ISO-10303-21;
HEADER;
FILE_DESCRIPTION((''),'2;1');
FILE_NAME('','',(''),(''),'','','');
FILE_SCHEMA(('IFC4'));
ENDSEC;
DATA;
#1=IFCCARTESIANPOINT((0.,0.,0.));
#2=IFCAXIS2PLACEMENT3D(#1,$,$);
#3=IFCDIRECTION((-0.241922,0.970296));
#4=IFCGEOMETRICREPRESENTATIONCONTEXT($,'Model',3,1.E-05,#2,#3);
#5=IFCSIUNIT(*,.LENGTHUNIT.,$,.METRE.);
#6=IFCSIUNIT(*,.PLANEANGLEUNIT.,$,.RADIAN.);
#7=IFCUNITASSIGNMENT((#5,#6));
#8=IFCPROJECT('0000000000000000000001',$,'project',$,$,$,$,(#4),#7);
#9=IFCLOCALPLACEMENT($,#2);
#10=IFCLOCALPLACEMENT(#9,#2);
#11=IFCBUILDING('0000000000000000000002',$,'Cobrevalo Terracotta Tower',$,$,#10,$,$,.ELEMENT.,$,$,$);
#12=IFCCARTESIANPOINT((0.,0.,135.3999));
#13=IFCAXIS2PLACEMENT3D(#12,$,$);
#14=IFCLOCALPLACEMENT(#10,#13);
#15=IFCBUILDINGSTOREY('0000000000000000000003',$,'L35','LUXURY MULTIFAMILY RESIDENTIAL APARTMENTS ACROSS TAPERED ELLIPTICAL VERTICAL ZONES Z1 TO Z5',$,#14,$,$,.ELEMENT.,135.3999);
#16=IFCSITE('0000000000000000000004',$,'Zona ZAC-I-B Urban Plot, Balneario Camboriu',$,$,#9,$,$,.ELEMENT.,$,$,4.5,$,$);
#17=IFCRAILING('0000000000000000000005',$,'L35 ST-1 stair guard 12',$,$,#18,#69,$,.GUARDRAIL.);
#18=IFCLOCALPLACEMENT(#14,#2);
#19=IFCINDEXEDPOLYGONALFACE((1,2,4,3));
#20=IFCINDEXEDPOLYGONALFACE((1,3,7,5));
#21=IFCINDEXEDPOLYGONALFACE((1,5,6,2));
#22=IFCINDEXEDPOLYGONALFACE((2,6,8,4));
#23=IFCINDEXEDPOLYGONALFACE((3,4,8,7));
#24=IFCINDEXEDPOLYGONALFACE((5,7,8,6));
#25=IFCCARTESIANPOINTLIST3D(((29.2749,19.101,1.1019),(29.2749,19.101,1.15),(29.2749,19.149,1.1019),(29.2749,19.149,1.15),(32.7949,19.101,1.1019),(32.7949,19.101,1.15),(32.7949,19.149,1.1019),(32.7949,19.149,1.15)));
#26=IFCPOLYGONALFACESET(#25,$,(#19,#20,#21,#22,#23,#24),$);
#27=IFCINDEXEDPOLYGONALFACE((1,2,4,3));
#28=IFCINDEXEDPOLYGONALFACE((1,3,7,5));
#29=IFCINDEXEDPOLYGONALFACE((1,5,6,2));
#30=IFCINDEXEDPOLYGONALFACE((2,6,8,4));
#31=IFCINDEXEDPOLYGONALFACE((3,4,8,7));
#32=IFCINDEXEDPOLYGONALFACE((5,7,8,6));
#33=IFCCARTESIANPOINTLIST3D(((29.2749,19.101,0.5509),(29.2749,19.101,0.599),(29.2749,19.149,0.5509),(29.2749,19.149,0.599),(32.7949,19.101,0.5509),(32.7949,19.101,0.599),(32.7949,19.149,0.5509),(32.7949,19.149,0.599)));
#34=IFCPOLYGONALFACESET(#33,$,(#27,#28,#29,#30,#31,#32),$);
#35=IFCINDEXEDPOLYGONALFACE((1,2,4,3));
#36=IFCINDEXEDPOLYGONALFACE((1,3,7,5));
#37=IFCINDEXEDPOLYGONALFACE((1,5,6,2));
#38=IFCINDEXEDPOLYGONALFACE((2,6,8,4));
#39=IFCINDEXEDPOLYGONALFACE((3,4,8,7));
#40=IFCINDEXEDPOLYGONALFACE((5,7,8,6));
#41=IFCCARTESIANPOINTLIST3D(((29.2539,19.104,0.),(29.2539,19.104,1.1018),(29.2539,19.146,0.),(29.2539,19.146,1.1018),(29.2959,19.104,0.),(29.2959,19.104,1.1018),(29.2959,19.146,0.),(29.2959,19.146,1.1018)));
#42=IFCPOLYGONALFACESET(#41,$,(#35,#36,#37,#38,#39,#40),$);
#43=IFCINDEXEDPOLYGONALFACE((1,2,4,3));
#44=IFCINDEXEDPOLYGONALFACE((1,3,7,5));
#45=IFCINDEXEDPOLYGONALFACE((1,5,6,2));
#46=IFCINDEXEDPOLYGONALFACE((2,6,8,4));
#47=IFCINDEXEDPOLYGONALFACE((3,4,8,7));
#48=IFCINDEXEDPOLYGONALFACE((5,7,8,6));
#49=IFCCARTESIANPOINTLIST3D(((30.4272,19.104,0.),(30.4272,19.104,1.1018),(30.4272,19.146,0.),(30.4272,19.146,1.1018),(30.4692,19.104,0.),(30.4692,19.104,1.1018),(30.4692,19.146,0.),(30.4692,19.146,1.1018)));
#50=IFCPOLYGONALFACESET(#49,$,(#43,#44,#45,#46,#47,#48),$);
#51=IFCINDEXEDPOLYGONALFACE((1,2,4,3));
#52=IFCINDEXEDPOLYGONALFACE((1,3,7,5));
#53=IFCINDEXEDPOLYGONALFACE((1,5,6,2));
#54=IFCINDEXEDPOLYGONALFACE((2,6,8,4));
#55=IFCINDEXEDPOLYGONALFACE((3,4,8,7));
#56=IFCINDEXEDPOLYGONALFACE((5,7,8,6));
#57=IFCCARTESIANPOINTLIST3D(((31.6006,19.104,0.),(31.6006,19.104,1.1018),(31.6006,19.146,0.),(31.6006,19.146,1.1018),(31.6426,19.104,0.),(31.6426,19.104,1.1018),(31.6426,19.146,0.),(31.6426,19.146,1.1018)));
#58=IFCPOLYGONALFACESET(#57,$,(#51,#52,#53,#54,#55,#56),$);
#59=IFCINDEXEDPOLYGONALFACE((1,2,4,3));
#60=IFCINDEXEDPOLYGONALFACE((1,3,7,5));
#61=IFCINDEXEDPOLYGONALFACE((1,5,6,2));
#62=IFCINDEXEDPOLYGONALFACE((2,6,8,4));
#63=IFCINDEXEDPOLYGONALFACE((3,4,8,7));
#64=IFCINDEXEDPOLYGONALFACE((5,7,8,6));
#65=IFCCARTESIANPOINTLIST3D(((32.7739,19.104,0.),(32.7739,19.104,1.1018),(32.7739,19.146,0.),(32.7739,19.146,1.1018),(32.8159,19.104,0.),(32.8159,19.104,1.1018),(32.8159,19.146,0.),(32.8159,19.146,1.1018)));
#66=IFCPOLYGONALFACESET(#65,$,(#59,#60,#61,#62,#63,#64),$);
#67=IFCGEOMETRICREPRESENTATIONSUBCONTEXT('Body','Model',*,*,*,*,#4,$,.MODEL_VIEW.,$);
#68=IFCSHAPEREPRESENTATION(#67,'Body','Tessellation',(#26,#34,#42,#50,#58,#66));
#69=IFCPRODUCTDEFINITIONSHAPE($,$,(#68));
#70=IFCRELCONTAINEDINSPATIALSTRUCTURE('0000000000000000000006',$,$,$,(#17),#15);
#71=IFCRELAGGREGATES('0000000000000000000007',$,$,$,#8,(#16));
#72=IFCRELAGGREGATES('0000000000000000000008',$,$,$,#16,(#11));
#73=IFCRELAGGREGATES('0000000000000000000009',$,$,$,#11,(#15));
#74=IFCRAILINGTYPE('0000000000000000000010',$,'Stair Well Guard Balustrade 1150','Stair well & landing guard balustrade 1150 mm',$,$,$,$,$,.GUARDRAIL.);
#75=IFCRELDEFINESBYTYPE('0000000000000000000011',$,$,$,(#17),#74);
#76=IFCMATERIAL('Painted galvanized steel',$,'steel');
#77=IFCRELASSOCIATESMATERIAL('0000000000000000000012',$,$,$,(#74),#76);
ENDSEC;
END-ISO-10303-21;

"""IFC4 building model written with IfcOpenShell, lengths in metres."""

from ifc_helpers import new_model, si_unit, direction, frame, origin, origin_2d, place, context, subcontext, project, spatial, rectangle, extrude, material, type_object, element, save


model = new_model("IFC4")

# Units and contexts
model_context = context("Model", 3, precision=1e-05, world=origin(), true_north=direction((-0.241922, 0.970296)))
body_context = subcontext(model_context, "Body", "Model", "MODEL_VIEW")
ifc_project = project(units=[si_unit("LENGTHUNIT", "METRE"), si_unit("PLANEANGLEUNIT", "RADIAN")], contexts=[model_context])

# Site, building, storey
site_placement = place(None, origin())
site = spatial("IfcSite", under=ifc_project, at=site_placement, Name="Zona ZAC-I-B Urban Plot, Balneario Camboriu", CompositionType="ELEMENT", RefElevation=4.5)
building_placement = place(site_placement, origin())
building = spatial("IfcBuilding", under=site, at=building_placement, Name="Cobrevalo Terracotta Tower", CompositionType="ELEMENT")
storey_placement = place(building_placement, frame((0.0, 0.0, 135.3999)))
storey = spatial("IfcBuildingStorey", under=building, at=storey_placement, Name="L35", Description="LUXURY MULTIFAMILY RESIDENTIAL APARTMENTS ACROSS TAPERED ELLIPTICAL VERTICAL ZONES Z1 TO Z5", CompositionType="ELEMENT", Elevation=135.3999)

# Railing
ifc_material_1 = material(Name="Painted galvanized steel", Category="steel")
railing_type_1 = type_object("IfcRailingType", Name="Stair Well Guard Balustrade 1150", Description="Stair well & landing guard balustrade 1150 mm", PredefinedType="GUARDRAIL", material=ifc_material_1)
railing_1_placement = place(storey_placement, frame((29.2749, 19.125, 0.0)))
element("IfcRailing", 1, at=railing_1_placement, inside=storey, type_object=railing_type_1, Name="L35 ST-1 stair guard 12", PredefinedType="GUARDRAIL", context=body_context, shape_type="SweptSolid", body=[
    extrude(rectangle(XDim=0.0481, YDim=0.0481, at=origin_2d()), frame((0.0, 0.0, 1.126), z_axis=(1.0, 0.0, 0.0), x_axis=(0.0, 1.0, 0.0)), (0.0, 0.0, 1.0), 3.52),
    extrude(rectangle(XDim=0.0481, YDim=0.0481, at=origin_2d()), frame((0.0, 0.0, 0.575), z_axis=(1.0, 0.0, 0.0), x_axis=(0.0, 1.0, 0.0)), (0.0, 0.0, 1.0), 3.52),
    extrude(rectangle(XDim=0.042, YDim=0.042, at=origin_2d()), origin(), (0.0, 0.0, 1.0), 1.1018),
    extrude(rectangle(XDim=0.042, YDim=0.042, at=origin_2d()), frame((1.1733, 0.0, 0.0)), (0.0, 0.0, 1.0), 1.1018),
    extrude(rectangle(XDim=0.042, YDim=0.042, at=origin_2d()), frame((2.3467, 0.0, 0.0)), (0.0, 0.0, 1.0), 1.1018),
    extrude(rectangle(XDim=0.042, YDim=0.042, at=origin_2d()), frame((3.52, 0.0, 0.0)), (0.0, 0.0, 1.0), 1.1018),
])

save(model, "model.ifc")
